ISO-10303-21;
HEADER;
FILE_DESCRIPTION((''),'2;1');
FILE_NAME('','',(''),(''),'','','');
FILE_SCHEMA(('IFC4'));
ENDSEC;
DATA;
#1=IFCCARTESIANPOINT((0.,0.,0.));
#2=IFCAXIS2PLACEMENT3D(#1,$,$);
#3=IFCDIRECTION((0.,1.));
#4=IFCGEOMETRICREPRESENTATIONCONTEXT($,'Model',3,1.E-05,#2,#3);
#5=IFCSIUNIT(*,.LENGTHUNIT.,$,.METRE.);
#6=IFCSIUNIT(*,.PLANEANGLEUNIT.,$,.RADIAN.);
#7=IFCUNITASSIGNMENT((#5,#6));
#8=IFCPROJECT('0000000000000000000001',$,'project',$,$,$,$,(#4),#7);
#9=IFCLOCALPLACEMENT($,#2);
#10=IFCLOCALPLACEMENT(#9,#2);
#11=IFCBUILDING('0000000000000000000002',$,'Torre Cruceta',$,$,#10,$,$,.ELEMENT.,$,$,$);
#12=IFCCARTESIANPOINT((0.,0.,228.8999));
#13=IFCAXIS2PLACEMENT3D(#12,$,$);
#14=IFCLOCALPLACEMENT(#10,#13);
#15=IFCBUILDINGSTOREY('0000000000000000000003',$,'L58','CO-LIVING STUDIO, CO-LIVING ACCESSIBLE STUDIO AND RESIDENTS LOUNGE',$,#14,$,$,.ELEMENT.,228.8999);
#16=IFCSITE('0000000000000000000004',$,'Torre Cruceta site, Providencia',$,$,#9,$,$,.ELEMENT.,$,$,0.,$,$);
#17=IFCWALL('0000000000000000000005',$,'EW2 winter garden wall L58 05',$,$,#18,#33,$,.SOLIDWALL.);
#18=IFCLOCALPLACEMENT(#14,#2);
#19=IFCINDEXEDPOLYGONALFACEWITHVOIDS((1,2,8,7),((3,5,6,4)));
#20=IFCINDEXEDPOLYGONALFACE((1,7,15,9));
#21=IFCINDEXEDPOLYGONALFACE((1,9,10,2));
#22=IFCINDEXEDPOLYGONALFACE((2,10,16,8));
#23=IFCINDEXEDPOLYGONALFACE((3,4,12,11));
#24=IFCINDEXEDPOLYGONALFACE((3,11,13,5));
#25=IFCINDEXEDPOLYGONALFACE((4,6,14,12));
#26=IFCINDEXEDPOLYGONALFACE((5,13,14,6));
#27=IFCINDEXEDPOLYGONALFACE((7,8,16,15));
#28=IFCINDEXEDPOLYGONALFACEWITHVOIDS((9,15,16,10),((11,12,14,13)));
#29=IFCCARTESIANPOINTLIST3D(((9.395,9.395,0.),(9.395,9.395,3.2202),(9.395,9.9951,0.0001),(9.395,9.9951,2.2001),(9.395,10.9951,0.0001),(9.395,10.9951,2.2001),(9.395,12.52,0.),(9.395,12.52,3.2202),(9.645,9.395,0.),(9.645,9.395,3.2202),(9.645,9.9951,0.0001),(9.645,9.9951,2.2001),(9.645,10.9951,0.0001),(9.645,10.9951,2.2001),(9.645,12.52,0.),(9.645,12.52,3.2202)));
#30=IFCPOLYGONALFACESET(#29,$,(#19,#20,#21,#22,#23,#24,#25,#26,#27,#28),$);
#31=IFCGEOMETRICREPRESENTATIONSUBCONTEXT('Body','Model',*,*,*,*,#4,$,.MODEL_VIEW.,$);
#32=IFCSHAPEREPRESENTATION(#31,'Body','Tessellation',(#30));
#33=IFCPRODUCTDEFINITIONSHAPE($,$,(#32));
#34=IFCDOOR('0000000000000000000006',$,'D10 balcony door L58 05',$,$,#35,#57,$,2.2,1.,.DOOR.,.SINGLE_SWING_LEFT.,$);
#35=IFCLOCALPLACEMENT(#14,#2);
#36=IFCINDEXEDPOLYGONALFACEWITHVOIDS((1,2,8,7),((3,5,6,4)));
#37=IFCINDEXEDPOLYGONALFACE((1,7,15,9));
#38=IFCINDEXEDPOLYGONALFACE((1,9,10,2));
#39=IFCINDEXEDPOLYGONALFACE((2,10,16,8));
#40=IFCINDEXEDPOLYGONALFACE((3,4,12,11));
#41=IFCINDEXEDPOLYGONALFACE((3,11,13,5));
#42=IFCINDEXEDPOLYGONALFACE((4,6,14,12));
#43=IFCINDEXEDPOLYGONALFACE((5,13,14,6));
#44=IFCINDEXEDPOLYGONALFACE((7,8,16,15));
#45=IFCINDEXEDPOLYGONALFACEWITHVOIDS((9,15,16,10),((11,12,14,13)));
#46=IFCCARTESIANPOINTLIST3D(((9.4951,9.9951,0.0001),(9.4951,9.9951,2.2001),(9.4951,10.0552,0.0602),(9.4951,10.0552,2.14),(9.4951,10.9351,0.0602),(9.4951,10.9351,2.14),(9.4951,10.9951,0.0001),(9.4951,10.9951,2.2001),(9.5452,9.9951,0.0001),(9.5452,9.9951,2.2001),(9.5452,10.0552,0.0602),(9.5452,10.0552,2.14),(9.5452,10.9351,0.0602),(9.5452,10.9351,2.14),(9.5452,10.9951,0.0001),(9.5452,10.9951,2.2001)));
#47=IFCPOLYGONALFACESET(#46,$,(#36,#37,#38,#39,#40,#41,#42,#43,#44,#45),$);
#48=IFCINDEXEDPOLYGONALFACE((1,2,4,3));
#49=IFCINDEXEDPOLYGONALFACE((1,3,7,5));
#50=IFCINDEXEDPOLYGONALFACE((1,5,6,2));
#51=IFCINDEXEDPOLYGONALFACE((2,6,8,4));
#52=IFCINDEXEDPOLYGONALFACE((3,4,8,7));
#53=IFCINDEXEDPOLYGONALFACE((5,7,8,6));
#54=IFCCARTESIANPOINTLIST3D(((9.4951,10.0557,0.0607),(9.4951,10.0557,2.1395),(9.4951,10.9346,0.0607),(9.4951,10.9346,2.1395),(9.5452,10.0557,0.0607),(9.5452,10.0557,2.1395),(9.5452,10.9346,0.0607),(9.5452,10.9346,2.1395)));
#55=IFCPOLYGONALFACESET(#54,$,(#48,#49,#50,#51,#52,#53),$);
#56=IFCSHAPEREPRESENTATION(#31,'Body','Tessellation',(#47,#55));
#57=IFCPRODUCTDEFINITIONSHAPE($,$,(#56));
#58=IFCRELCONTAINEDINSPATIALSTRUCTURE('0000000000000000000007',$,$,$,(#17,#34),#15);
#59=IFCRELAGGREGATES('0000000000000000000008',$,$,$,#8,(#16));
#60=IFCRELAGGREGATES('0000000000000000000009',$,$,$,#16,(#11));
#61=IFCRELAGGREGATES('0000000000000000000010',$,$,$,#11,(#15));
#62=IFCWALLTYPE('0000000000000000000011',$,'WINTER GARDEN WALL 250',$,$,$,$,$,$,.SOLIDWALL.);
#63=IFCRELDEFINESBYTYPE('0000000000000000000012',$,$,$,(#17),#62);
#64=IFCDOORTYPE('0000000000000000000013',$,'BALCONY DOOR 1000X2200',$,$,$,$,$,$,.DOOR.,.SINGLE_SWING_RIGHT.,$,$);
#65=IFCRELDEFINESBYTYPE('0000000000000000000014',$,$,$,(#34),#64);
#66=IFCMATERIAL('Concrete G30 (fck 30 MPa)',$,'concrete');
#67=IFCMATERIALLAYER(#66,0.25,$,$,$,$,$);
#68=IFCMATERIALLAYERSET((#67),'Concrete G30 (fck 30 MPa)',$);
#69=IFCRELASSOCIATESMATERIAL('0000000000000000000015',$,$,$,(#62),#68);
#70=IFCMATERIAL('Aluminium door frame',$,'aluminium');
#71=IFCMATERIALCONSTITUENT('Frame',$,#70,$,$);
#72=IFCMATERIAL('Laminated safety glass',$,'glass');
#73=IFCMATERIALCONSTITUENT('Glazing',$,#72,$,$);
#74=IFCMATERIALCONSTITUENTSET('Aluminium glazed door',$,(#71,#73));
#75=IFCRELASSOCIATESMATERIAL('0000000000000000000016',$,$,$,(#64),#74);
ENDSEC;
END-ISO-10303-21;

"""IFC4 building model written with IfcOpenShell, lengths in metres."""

from ifc_helpers import new_model, si_unit, direction, frame, frame_2d, origin, place, context, subcontext, project, spatial, rectangle, hollow_rectangle, extrude, material, layer, layer_set, constituent, constituent_set, type_object, element, fill, save


model = new_model("IFC4")

# Units and contexts
model_context = context("Model", 3, precision=1e-05, world=origin(), true_north=direction((0.0, 1.0)))
body_context = subcontext(model_context, "Body", "Model", "MODEL_VIEW")
ifc_project = project(units=[si_unit("LENGTHUNIT", "METRE"), si_unit("PLANEANGLEUNIT", "RADIAN")], contexts=[model_context])

# Site, building, storey
site_placement = place(None, origin())
site = spatial("IfcSite", under=ifc_project, at=site_placement, Name="Torre Cruceta site, Providencia", CompositionType="ELEMENT", RefElevation=0.0)
building_placement = place(site_placement, origin())
building = spatial("IfcBuilding", under=site, at=building_placement, Name="Torre Cruceta", CompositionType="ELEMENT")
storey_placement = place(building_placement, frame((0.0, 0.0, 228.8999)))
storey = spatial("IfcBuildingStorey", under=building, at=storey_placement, Name="L58", Description="CO-LIVING STUDIO, CO-LIVING ACCESSIBLE STUDIO AND RESIDENTS LOUNGE", CompositionType="ELEMENT", Elevation=228.8999)

# Wall, opening, door
ifc_material_1 = material(Name="Concrete G30 (fck 30 MPa)", Category="concrete")
ifc_layer_1 = layer(ifc_material_1, 0.25)
ifc_layer_set_1 = layer_set([ifc_layer_1], Name="Concrete G30 (fck 30 MPa)")
wall_type_1 = type_object("IfcWallType", Name="WINTER GARDEN WALL 250", PredefinedType="SOLIDWALL", material=ifc_layer_set_1)
ifc_material_2 = material(Name="Aluminium door frame", Category="aluminium")
ifc_constituent_1 = constituent(ifc_material_2, Name="Frame")
ifc_material_3 = material(Name="Laminated safety glass", Category="glass")
ifc_constituent_2 = constituent(ifc_material_3, Name="Glazing")
ifc_constituent_set_1 = constituent_set(constituents=[ifc_constituent_1, ifc_constituent_2], Name="Aluminium glazed door")
door_type = type_object("IfcDoorType", Name="BALCONY DOOR 1000X2200", OperationType="SINGLE_SWING_RIGHT", PredefinedType="DOOR", material=ifc_constituent_set_1)
wall_1_placement = place(storey_placement, frame((9.52, 9.395, 0.0), z_axis=(0.0, 0.0, 1.0), x_axis=(0.0, 1.0, 0.0)))
wall_1 = element("IfcWall", 1, at=wall_1_placement, inside=storey, type_object=wall_type_1, Name="EW2 winter garden wall L58 05", PredefinedType="SOLIDWALL", context=body_context, shape_type="SweptSolid", body=[
    extrude(rectangle(XDim=3.125, YDim=0.25, at=frame_2d((1.5625, 0.0))), origin(), (0.0, 0.0, 1.0), 3.2202),
])
opening_1_placement = place(wall_1_placement, frame((0.6001, 0.0, 0.0)))
opening_1 = element("IfcOpeningElement", 2, at=opening_1_placement, cuts=wall_1, PredefinedType="OPENING", context=body_context, shape_type="SweptSolid", body=[
    extrude(rectangle(XDim=1.0, YDim=2.2, at=frame_2d((0.5, 1.1001))), frame((0.0, 0.135, 0.0), z_axis=(0.0, -1.0, 0.0), x_axis=(1.0, 0.0, 0.0)), (0.0, 0.0, 1.0), 0.27),
])
door_1_placement = place(opening_1_placement, origin())
door_1 = element("IfcDoor", 3, at=door_1_placement, inside=storey, type_object=door_type, Name="D10 balcony door L58 05", OperationType="SINGLE_SWING_LEFT", OverallHeight=2.2, OverallWidth=1.0, PredefinedType="DOOR", context=body_context, shape_type="SweptSolid", body=[
    extrude(hollow_rectangle(XDim=1.0, YDim=2.2, WallThickness=0.0601, at=frame_2d((0.5, 1.1001))), frame((0.0, 0.0249, 0.0), z_axis=(0.0, -1.0, 0.0), x_axis=(1.0, 0.0, 0.0)), (0.0, 0.0, 1.0), 0.05),
    extrude(rectangle(XDim=0.8789, YDim=2.0789, at=frame_2d((0.5, 1.1001))), frame((0.0, 0.0249, 0.0), z_axis=(0.0, -1.0, 0.0), x_axis=(1.0, 0.0, 0.0)), (0.0, 0.0, 1.0), 0.05),
])
fill(opening_1, door_1)

save(model, "model.ifc")
